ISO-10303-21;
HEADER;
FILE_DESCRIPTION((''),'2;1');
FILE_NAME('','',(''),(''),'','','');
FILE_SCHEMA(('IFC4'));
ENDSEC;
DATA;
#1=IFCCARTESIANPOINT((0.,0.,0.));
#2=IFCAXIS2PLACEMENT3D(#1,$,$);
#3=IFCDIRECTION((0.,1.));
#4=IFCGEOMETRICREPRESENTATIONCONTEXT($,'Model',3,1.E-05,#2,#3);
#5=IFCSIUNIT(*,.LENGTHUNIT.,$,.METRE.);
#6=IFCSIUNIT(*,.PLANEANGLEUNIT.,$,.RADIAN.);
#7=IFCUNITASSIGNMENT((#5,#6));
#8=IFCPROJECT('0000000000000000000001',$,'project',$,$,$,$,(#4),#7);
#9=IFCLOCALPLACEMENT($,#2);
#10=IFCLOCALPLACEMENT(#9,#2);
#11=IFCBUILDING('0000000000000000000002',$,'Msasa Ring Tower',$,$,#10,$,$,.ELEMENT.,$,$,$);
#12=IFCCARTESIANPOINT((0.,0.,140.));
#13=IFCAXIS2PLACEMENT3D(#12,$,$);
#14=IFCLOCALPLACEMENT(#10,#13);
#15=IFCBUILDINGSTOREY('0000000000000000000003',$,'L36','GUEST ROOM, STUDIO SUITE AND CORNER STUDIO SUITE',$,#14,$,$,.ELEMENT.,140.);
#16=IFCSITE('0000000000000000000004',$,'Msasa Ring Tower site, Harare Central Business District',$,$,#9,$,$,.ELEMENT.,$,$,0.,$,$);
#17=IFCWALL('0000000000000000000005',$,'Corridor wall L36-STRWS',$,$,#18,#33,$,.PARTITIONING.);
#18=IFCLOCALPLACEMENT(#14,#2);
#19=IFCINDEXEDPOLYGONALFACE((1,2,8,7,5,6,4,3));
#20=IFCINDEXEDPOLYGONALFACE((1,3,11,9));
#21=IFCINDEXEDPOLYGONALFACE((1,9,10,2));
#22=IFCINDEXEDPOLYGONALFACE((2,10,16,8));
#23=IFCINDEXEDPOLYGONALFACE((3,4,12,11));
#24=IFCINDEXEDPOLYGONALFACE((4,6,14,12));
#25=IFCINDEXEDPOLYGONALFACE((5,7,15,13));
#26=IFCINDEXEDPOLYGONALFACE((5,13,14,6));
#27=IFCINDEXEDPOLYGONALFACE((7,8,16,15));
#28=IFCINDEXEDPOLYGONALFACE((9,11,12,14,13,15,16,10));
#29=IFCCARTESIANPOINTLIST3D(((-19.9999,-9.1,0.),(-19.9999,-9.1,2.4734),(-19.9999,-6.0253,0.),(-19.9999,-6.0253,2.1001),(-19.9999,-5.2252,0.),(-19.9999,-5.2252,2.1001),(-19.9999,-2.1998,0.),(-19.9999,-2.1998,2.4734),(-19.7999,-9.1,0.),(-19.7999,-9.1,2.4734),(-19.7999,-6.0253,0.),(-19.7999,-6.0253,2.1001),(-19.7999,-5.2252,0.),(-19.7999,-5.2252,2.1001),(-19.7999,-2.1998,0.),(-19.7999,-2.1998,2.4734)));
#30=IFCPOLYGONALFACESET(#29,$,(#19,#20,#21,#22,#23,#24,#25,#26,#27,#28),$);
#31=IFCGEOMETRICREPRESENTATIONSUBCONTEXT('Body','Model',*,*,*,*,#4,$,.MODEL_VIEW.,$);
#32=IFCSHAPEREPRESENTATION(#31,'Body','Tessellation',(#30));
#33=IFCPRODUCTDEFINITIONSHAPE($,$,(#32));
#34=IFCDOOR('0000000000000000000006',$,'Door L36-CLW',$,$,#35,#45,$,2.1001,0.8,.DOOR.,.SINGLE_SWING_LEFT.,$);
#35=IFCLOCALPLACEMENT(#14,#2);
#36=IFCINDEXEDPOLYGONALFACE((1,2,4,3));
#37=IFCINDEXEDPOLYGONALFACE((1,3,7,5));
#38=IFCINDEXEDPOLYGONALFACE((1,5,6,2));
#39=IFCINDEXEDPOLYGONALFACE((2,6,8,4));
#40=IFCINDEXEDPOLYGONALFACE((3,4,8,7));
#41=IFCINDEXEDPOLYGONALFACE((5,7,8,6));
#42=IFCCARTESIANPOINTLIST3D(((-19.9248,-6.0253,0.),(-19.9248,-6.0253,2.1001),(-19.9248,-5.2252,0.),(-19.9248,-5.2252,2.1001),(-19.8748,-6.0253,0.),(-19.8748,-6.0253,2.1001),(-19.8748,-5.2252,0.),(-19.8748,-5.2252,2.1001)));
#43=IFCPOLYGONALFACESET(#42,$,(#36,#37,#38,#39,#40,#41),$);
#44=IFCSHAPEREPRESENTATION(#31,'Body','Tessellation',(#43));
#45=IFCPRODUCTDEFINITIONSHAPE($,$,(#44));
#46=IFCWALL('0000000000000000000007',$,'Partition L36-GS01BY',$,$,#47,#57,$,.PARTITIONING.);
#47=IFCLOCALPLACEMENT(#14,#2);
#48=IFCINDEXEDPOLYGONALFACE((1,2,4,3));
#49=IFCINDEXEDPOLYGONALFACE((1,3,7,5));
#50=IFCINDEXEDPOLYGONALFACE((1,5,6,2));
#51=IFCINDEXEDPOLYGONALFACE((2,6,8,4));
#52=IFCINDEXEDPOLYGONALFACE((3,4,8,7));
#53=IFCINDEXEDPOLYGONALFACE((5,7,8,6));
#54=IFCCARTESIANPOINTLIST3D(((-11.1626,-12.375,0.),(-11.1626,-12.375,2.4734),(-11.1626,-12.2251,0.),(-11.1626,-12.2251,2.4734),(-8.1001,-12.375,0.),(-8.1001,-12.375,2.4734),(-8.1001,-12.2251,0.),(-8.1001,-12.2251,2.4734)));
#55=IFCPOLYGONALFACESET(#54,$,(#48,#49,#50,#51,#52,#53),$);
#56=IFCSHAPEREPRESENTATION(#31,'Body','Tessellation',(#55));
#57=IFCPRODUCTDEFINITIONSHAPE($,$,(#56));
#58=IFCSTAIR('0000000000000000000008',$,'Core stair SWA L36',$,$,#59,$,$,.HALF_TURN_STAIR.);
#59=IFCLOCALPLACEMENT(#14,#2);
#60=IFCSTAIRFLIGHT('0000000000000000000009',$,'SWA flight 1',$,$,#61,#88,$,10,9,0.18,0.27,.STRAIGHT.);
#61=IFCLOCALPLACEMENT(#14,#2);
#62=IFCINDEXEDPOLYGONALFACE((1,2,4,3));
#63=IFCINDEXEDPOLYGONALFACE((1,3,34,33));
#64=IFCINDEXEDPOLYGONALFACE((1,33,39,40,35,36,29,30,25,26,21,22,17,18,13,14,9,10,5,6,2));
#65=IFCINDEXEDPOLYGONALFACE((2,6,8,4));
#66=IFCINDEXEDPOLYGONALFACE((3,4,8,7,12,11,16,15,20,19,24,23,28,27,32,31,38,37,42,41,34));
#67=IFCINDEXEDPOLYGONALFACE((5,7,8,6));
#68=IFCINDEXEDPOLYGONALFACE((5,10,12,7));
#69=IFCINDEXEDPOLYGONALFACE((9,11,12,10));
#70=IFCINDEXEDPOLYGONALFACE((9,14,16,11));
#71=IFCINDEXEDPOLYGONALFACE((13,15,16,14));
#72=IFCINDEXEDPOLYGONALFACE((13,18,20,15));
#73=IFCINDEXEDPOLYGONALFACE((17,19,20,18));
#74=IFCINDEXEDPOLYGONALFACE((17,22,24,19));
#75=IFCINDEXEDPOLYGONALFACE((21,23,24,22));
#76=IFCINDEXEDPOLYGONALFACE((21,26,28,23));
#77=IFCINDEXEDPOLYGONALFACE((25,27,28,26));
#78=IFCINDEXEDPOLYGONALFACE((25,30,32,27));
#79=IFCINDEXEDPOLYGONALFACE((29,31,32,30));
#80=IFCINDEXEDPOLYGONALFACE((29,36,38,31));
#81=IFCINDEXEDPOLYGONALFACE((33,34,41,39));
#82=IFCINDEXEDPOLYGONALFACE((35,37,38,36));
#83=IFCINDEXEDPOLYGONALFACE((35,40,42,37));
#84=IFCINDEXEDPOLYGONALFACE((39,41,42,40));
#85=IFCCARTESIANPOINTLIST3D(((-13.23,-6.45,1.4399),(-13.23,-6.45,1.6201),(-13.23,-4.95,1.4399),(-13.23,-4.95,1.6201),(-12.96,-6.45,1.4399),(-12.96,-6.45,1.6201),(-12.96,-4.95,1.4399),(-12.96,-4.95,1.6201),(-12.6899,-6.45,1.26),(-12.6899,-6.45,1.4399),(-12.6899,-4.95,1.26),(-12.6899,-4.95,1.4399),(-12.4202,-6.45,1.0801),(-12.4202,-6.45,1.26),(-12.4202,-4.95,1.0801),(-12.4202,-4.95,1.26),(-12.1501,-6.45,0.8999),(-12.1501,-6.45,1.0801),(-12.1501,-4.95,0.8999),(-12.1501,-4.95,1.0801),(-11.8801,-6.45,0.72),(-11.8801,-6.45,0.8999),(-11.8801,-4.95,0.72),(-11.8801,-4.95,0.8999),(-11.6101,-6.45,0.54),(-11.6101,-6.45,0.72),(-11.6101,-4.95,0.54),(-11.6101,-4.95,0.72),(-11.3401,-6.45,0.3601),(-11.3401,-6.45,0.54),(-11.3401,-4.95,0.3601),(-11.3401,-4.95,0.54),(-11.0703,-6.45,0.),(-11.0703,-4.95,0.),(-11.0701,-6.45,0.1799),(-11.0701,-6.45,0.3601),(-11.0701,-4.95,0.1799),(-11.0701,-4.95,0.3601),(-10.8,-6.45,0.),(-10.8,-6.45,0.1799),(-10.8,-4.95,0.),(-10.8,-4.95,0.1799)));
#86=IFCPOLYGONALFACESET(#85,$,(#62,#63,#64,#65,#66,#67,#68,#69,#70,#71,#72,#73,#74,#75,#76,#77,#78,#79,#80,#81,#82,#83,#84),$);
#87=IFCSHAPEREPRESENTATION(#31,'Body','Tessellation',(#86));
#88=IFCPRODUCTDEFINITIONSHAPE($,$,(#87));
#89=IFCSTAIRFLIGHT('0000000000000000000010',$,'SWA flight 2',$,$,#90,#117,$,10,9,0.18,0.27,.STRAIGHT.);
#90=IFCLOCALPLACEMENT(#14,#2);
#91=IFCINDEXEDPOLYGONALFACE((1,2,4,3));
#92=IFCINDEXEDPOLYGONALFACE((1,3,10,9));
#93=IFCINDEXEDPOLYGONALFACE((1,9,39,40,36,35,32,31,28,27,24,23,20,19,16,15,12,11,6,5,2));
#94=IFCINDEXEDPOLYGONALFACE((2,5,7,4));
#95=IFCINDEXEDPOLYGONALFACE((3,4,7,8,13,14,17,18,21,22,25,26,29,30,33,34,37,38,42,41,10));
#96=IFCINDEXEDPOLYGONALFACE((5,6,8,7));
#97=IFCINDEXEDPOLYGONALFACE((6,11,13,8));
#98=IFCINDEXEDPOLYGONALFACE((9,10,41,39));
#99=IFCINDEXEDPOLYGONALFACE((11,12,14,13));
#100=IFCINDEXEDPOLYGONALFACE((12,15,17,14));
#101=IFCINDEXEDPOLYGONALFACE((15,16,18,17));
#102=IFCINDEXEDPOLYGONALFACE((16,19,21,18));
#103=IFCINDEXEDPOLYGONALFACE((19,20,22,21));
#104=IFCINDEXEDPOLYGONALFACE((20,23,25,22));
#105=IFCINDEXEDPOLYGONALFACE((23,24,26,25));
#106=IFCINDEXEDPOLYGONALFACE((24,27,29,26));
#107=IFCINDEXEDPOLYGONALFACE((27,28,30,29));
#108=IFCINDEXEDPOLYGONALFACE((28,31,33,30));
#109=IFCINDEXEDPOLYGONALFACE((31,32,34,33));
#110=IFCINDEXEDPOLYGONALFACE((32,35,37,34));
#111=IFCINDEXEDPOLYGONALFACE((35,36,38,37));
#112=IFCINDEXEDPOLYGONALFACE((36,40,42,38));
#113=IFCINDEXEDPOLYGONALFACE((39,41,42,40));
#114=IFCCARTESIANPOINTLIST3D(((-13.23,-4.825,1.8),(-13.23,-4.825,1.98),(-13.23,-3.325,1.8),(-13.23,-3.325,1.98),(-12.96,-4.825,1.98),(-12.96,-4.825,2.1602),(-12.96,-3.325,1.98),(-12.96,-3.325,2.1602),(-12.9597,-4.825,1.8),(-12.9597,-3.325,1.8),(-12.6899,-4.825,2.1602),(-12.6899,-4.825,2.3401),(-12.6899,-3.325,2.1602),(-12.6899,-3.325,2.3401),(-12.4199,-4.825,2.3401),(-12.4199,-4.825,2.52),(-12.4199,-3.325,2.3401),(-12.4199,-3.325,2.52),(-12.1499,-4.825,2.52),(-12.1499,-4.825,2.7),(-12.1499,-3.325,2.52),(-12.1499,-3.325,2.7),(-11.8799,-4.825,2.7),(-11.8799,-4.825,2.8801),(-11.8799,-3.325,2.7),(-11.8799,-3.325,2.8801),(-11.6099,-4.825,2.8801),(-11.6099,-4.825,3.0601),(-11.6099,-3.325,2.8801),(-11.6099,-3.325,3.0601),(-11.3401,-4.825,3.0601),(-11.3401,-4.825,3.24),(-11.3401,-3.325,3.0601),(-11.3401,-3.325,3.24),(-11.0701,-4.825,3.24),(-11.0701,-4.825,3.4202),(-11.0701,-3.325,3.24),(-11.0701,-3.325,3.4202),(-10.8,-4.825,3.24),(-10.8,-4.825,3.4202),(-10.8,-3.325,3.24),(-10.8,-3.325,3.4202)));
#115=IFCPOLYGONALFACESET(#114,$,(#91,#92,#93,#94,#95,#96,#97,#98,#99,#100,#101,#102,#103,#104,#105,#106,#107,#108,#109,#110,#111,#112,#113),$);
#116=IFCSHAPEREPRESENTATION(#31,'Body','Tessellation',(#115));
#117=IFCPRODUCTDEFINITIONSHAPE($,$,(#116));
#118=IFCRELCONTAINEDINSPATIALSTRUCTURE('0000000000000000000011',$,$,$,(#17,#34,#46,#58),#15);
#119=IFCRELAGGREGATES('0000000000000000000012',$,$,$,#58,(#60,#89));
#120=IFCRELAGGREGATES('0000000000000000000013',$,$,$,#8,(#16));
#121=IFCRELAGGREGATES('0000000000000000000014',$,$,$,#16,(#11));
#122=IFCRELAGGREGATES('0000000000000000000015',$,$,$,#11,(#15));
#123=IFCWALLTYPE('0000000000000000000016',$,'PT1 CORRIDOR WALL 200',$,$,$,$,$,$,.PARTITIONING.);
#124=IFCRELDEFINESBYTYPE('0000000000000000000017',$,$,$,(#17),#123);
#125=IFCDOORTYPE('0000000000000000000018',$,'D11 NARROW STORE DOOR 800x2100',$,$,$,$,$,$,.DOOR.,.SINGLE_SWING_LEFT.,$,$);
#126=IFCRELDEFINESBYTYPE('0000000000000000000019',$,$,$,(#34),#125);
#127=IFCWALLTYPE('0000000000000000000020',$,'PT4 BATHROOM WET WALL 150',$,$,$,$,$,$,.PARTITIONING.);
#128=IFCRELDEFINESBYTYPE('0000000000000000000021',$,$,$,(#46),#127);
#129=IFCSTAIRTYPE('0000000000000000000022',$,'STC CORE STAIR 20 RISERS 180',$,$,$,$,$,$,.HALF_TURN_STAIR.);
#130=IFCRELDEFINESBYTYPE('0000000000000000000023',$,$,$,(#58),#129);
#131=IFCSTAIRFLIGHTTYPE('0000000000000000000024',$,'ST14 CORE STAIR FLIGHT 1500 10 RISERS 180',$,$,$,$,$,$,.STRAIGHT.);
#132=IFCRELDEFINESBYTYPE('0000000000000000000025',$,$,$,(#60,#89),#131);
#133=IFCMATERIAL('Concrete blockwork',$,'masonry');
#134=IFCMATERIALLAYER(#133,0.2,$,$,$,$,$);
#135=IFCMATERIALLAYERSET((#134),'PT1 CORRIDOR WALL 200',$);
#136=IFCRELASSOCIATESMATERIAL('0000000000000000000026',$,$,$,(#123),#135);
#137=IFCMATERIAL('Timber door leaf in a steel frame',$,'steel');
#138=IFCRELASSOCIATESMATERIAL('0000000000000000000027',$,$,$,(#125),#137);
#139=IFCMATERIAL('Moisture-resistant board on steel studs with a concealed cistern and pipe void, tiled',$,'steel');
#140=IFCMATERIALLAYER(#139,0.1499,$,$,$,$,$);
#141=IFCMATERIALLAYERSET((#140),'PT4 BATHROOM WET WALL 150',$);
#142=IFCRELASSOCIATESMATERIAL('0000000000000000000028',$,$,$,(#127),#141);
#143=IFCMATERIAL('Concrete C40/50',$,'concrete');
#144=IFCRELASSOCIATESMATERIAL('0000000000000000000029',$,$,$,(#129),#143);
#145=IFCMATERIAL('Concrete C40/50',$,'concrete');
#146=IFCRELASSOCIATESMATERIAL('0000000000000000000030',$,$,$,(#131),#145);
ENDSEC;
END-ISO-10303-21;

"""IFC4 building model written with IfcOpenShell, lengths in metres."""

from ifc_helpers import new_model, si_unit, direction, frame, frame_2d, origin, place, context, subcontext, project, spatial, polyline, rectangle, outline, extrude, material, layer, layer_set, type_object, element, fill, aggregate, save


model = new_model("IFC4")

# Units and contexts
model_context = context("Model", 3, precision=1e-05, world=origin(), true_north=direction((0.0, 1.0)))
body_context = subcontext(model_context, "Body", "Model", "MODEL_VIEW")
ifc_project = project(units=[si_unit("LENGTHUNIT", "METRE"), si_unit("PLANEANGLEUNIT", "RADIAN")], contexts=[model_context])

# Site, building, storey
site_placement = place(None, origin())
site = spatial("IfcSite", under=ifc_project, at=site_placement, Name="Msasa Ring Tower site, Harare Central Business District", CompositionType="ELEMENT", RefElevation=0.0)
building_placement = place(site_placement, origin())
building = spatial("IfcBuilding", under=site, at=building_placement, Name="Msasa Ring Tower", CompositionType="ELEMENT")
storey_placement = place(building_placement, frame((0.0, 0.0, 140.0)))
storey = spatial("IfcBuildingStorey", under=building, at=storey_placement, Name="L36", Description="GUEST ROOM, STUDIO SUITE AND CORNER STUDIO SUITE", CompositionType="ELEMENT", Elevation=140.0)

# Wall, opening, door
ifc_material_1 = material(Name="Concrete blockwork", Category="masonry")
ifc_layer_1 = layer(ifc_material_1, 0.2)
ifc_layer_set_1 = layer_set([ifc_layer_1], Name="PT1 CORRIDOR WALL 200")
wall_type_1 = type_object("IfcWallType", Name="PT1 CORRIDOR WALL 200", PredefinedType="PARTITIONING", material=ifc_layer_set_1)
wall_1_placement = place(storey_placement, frame((-19.8999, -9.1001, 0.0), z_axis=(0.0, 0.0, 1.0), x_axis=(0.0, 1.0, 0.0)))
wall_1 = element("IfcWall", 1, at=wall_1_placement, inside=storey, type_object=wall_type_1, Name="Corridor wall L36-STRWS", PredefinedType="PARTITIONING", context=body_context, shape_type="SweptSolid", body=[
    extrude(rectangle(XDim=6.9001, YDim=0.2, at=frame_2d((3.4502, 0.0))), origin(), (0.0, 0.0, 1.0), 2.4734),
])
opening_1_placement = place(wall_1_placement, frame((3.075, 0.0, 0.0)))
opening_1 = element("IfcOpeningElement", 2, at=opening_1_placement, cuts=wall_1, PredefinedType="OPENING", context=body_context, shape_type="SweptSolid", body=[
    extrude(rectangle(XDim=0.8, YDim=2.1001, at=frame_2d((0.3999, 1.05))), frame((0.0, 0.1099, 0.0), z_axis=(0.0, -1.0, 0.0), x_axis=(1.0, 0.0, 0.0)), (0.0, 0.0, 1.0), 0.22),
])
ifc_material_2 = material(Name="Timber door leaf in a steel frame", Category="steel")
door_type_1 = type_object("IfcDoorType", Name="D11 NARROW STORE DOOR 800x2100", OperationType="SINGLE_SWING_LEFT", PredefinedType="DOOR", material=ifc_material_2)
door_1_placement = place(opening_1_placement, origin())
door_1 = element("IfcDoor", 3, at=door_1_placement, inside=storey, type_object=door_type_1, Name="Door L36-CLW", OperationType="SINGLE_SWING_LEFT", OverallHeight=2.1001, OverallWidth=0.8, PredefinedType="DOOR", context=body_context, shape_type="SweptSolid", body=[
    extrude(rectangle(XDim=0.8, YDim=2.1001, at=frame_2d((0.3999, 1.05))), frame((0.0, 0.0249, 0.0), z_axis=(0.0, -1.0, 0.0), x_axis=(1.0, 0.0, 0.0)), (0.0, 0.0, 1.0), 0.05),
])
fill(opening_1, door_1)

# Wall
ifc_material_3 = material(Name="Moisture-resistant board on steel studs with a concealed cistern and pipe void, tiled", Category="steel")
ifc_layer_2 = layer(ifc_material_3, 0.1499)
ifc_layer_set_2 = layer_set([ifc_layer_2], Name="PT4 BATHROOM WET WALL 150")
wall_type_2 = type_object("IfcWallType", Name="PT4 BATHROOM WET WALL 150", PredefinedType="PARTITIONING", material=ifc_layer_set_2)
wall_2_placement = place(storey_placement, frame((-11.1626, -12.3, 0.0), z_axis=(0.0, 0.0, 1.0), x_axis=(1.0, 0.0, 0.0)))
element("IfcWall", 4, at=wall_2_placement, inside=storey, type_object=wall_type_2, Name="Partition L36-GS01BY", PredefinedType="PARTITIONING", context=body_context, shape_type="SweptSolid", body=[
    extrude(rectangle(XDim=3.0625, YDim=0.1499, at=frame_2d((1.5312, 0.0))), origin(), (0.0, 0.0, 1.0), 2.4734),
])

# Stair, stair flights
ifc_material_4 = material(Name="Concrete C40/50", Category="concrete")
stair_type = type_object("IfcStairType", Name="STC CORE STAIR 20 RISERS 180", PredefinedType="HALF_TURN_STAIR", material=ifc_material_4)
stair_placement = place(storey_placement, origin())
stair = element("IfcStair", 5, at=stair_placement, inside=storey, type_object=stair_type, Name="Core stair SWA L36", PredefinedType="HALF_TURN_STAIR")
ifc_material_5 = material(Name="Concrete C40/50", Category="concrete")
stair_flight_type = type_object("IfcStairFlightType", Name="ST14 CORE STAIR FLIGHT 1500 10 RISERS 180", PredefinedType="STRAIGHT", material=ifc_material_5)
stair_flight_1_placement = place(storey_placement, frame((-10.8, -5.7, 0.0), z_axis=(0.0, 0.0, 1.0), x_axis=(-1.0, 0.0, 0.0)))
stair_flight_1 = element("IfcStairFlight", 6, at=stair_flight_1_placement, type_object=stair_flight_type, Name="SWA flight 1", NumberOfRisers=10, NumberOfTreads=9, PredefinedType="STRAIGHT", RiserHeight=0.18, TreadLength=0.27, context=body_context, shape_type="SweptSolid", body=[
    extrude(outline(polyline([(0.0, 0.0), (0.0, 0.1799), (0.27, 0.1799), (0.27, 0.3601), (0.54, 0.3601), (0.54, 0.54), (0.8101, 0.54), (0.8101, 0.72), (1.0801, 0.72), (1.0801, 0.8999), (1.3501, 0.8999), (1.3501, 1.0801), (1.6201, 1.0801), (1.6201, 1.26), (1.8899, 1.26), (1.8899, 1.4399), (2.1599, 1.4399), (2.1599, 1.6201), (2.4299, 1.6201), (2.4299, 1.8), (2.4299, 1.4399), (0.2703, 0.0), (0.0, 0.0)])), frame((0.0, 0.75, 0.0), z_axis=(0.0, -1.0, 0.0), x_axis=(1.0, 0.0, 0.0)), (0.0, 0.0, 1.0), 1.5),
])
stair_flight_2_placement = place(storey_placement, frame((-13.23, -4.075, 1.8), z_axis=(0.0, 0.0, 1.0), x_axis=(1.0, 0.0, 0.0)))
stair_flight_2 = element("IfcStairFlight", 7, at=stair_flight_2_placement, type_object=stair_flight_type, Name="SWA flight 2", NumberOfRisers=10, NumberOfTreads=9, PredefinedType="STRAIGHT", RiserHeight=0.18, TreadLength=0.27, context=body_context, shape_type="SweptSolid", body=[
    extrude(outline(polyline([(0.0, 0.0), (0.0, 0.1799), (0.27, 0.1799), (0.27, 0.3601), (0.54, 0.3601), (0.54, 0.54), (0.8101, 0.54), (0.8101, 0.72), (1.0801, 0.72), (1.0801, 0.8999), (1.3501, 0.8999), (1.3501, 1.0801), (1.6201, 1.0801), (1.6201, 1.26), (1.8899, 1.26), (1.8899, 1.4399), (2.1599, 1.4399), (2.1599, 1.6201), (2.4299, 1.6201), (2.4299, 1.8), (2.4299, 1.4399), (0.2703, 0.0), (0.0, 0.0)])), frame((0.0, 0.75, 0.0), z_axis=(0.0, -1.0, 0.0), x_axis=(1.0, 0.0, 0.0)), (0.0, 0.0, 1.0), 1.5),
])
aggregate(stair, [stair_flight_1, stair_flight_2])

save(model, "model.ifc")
